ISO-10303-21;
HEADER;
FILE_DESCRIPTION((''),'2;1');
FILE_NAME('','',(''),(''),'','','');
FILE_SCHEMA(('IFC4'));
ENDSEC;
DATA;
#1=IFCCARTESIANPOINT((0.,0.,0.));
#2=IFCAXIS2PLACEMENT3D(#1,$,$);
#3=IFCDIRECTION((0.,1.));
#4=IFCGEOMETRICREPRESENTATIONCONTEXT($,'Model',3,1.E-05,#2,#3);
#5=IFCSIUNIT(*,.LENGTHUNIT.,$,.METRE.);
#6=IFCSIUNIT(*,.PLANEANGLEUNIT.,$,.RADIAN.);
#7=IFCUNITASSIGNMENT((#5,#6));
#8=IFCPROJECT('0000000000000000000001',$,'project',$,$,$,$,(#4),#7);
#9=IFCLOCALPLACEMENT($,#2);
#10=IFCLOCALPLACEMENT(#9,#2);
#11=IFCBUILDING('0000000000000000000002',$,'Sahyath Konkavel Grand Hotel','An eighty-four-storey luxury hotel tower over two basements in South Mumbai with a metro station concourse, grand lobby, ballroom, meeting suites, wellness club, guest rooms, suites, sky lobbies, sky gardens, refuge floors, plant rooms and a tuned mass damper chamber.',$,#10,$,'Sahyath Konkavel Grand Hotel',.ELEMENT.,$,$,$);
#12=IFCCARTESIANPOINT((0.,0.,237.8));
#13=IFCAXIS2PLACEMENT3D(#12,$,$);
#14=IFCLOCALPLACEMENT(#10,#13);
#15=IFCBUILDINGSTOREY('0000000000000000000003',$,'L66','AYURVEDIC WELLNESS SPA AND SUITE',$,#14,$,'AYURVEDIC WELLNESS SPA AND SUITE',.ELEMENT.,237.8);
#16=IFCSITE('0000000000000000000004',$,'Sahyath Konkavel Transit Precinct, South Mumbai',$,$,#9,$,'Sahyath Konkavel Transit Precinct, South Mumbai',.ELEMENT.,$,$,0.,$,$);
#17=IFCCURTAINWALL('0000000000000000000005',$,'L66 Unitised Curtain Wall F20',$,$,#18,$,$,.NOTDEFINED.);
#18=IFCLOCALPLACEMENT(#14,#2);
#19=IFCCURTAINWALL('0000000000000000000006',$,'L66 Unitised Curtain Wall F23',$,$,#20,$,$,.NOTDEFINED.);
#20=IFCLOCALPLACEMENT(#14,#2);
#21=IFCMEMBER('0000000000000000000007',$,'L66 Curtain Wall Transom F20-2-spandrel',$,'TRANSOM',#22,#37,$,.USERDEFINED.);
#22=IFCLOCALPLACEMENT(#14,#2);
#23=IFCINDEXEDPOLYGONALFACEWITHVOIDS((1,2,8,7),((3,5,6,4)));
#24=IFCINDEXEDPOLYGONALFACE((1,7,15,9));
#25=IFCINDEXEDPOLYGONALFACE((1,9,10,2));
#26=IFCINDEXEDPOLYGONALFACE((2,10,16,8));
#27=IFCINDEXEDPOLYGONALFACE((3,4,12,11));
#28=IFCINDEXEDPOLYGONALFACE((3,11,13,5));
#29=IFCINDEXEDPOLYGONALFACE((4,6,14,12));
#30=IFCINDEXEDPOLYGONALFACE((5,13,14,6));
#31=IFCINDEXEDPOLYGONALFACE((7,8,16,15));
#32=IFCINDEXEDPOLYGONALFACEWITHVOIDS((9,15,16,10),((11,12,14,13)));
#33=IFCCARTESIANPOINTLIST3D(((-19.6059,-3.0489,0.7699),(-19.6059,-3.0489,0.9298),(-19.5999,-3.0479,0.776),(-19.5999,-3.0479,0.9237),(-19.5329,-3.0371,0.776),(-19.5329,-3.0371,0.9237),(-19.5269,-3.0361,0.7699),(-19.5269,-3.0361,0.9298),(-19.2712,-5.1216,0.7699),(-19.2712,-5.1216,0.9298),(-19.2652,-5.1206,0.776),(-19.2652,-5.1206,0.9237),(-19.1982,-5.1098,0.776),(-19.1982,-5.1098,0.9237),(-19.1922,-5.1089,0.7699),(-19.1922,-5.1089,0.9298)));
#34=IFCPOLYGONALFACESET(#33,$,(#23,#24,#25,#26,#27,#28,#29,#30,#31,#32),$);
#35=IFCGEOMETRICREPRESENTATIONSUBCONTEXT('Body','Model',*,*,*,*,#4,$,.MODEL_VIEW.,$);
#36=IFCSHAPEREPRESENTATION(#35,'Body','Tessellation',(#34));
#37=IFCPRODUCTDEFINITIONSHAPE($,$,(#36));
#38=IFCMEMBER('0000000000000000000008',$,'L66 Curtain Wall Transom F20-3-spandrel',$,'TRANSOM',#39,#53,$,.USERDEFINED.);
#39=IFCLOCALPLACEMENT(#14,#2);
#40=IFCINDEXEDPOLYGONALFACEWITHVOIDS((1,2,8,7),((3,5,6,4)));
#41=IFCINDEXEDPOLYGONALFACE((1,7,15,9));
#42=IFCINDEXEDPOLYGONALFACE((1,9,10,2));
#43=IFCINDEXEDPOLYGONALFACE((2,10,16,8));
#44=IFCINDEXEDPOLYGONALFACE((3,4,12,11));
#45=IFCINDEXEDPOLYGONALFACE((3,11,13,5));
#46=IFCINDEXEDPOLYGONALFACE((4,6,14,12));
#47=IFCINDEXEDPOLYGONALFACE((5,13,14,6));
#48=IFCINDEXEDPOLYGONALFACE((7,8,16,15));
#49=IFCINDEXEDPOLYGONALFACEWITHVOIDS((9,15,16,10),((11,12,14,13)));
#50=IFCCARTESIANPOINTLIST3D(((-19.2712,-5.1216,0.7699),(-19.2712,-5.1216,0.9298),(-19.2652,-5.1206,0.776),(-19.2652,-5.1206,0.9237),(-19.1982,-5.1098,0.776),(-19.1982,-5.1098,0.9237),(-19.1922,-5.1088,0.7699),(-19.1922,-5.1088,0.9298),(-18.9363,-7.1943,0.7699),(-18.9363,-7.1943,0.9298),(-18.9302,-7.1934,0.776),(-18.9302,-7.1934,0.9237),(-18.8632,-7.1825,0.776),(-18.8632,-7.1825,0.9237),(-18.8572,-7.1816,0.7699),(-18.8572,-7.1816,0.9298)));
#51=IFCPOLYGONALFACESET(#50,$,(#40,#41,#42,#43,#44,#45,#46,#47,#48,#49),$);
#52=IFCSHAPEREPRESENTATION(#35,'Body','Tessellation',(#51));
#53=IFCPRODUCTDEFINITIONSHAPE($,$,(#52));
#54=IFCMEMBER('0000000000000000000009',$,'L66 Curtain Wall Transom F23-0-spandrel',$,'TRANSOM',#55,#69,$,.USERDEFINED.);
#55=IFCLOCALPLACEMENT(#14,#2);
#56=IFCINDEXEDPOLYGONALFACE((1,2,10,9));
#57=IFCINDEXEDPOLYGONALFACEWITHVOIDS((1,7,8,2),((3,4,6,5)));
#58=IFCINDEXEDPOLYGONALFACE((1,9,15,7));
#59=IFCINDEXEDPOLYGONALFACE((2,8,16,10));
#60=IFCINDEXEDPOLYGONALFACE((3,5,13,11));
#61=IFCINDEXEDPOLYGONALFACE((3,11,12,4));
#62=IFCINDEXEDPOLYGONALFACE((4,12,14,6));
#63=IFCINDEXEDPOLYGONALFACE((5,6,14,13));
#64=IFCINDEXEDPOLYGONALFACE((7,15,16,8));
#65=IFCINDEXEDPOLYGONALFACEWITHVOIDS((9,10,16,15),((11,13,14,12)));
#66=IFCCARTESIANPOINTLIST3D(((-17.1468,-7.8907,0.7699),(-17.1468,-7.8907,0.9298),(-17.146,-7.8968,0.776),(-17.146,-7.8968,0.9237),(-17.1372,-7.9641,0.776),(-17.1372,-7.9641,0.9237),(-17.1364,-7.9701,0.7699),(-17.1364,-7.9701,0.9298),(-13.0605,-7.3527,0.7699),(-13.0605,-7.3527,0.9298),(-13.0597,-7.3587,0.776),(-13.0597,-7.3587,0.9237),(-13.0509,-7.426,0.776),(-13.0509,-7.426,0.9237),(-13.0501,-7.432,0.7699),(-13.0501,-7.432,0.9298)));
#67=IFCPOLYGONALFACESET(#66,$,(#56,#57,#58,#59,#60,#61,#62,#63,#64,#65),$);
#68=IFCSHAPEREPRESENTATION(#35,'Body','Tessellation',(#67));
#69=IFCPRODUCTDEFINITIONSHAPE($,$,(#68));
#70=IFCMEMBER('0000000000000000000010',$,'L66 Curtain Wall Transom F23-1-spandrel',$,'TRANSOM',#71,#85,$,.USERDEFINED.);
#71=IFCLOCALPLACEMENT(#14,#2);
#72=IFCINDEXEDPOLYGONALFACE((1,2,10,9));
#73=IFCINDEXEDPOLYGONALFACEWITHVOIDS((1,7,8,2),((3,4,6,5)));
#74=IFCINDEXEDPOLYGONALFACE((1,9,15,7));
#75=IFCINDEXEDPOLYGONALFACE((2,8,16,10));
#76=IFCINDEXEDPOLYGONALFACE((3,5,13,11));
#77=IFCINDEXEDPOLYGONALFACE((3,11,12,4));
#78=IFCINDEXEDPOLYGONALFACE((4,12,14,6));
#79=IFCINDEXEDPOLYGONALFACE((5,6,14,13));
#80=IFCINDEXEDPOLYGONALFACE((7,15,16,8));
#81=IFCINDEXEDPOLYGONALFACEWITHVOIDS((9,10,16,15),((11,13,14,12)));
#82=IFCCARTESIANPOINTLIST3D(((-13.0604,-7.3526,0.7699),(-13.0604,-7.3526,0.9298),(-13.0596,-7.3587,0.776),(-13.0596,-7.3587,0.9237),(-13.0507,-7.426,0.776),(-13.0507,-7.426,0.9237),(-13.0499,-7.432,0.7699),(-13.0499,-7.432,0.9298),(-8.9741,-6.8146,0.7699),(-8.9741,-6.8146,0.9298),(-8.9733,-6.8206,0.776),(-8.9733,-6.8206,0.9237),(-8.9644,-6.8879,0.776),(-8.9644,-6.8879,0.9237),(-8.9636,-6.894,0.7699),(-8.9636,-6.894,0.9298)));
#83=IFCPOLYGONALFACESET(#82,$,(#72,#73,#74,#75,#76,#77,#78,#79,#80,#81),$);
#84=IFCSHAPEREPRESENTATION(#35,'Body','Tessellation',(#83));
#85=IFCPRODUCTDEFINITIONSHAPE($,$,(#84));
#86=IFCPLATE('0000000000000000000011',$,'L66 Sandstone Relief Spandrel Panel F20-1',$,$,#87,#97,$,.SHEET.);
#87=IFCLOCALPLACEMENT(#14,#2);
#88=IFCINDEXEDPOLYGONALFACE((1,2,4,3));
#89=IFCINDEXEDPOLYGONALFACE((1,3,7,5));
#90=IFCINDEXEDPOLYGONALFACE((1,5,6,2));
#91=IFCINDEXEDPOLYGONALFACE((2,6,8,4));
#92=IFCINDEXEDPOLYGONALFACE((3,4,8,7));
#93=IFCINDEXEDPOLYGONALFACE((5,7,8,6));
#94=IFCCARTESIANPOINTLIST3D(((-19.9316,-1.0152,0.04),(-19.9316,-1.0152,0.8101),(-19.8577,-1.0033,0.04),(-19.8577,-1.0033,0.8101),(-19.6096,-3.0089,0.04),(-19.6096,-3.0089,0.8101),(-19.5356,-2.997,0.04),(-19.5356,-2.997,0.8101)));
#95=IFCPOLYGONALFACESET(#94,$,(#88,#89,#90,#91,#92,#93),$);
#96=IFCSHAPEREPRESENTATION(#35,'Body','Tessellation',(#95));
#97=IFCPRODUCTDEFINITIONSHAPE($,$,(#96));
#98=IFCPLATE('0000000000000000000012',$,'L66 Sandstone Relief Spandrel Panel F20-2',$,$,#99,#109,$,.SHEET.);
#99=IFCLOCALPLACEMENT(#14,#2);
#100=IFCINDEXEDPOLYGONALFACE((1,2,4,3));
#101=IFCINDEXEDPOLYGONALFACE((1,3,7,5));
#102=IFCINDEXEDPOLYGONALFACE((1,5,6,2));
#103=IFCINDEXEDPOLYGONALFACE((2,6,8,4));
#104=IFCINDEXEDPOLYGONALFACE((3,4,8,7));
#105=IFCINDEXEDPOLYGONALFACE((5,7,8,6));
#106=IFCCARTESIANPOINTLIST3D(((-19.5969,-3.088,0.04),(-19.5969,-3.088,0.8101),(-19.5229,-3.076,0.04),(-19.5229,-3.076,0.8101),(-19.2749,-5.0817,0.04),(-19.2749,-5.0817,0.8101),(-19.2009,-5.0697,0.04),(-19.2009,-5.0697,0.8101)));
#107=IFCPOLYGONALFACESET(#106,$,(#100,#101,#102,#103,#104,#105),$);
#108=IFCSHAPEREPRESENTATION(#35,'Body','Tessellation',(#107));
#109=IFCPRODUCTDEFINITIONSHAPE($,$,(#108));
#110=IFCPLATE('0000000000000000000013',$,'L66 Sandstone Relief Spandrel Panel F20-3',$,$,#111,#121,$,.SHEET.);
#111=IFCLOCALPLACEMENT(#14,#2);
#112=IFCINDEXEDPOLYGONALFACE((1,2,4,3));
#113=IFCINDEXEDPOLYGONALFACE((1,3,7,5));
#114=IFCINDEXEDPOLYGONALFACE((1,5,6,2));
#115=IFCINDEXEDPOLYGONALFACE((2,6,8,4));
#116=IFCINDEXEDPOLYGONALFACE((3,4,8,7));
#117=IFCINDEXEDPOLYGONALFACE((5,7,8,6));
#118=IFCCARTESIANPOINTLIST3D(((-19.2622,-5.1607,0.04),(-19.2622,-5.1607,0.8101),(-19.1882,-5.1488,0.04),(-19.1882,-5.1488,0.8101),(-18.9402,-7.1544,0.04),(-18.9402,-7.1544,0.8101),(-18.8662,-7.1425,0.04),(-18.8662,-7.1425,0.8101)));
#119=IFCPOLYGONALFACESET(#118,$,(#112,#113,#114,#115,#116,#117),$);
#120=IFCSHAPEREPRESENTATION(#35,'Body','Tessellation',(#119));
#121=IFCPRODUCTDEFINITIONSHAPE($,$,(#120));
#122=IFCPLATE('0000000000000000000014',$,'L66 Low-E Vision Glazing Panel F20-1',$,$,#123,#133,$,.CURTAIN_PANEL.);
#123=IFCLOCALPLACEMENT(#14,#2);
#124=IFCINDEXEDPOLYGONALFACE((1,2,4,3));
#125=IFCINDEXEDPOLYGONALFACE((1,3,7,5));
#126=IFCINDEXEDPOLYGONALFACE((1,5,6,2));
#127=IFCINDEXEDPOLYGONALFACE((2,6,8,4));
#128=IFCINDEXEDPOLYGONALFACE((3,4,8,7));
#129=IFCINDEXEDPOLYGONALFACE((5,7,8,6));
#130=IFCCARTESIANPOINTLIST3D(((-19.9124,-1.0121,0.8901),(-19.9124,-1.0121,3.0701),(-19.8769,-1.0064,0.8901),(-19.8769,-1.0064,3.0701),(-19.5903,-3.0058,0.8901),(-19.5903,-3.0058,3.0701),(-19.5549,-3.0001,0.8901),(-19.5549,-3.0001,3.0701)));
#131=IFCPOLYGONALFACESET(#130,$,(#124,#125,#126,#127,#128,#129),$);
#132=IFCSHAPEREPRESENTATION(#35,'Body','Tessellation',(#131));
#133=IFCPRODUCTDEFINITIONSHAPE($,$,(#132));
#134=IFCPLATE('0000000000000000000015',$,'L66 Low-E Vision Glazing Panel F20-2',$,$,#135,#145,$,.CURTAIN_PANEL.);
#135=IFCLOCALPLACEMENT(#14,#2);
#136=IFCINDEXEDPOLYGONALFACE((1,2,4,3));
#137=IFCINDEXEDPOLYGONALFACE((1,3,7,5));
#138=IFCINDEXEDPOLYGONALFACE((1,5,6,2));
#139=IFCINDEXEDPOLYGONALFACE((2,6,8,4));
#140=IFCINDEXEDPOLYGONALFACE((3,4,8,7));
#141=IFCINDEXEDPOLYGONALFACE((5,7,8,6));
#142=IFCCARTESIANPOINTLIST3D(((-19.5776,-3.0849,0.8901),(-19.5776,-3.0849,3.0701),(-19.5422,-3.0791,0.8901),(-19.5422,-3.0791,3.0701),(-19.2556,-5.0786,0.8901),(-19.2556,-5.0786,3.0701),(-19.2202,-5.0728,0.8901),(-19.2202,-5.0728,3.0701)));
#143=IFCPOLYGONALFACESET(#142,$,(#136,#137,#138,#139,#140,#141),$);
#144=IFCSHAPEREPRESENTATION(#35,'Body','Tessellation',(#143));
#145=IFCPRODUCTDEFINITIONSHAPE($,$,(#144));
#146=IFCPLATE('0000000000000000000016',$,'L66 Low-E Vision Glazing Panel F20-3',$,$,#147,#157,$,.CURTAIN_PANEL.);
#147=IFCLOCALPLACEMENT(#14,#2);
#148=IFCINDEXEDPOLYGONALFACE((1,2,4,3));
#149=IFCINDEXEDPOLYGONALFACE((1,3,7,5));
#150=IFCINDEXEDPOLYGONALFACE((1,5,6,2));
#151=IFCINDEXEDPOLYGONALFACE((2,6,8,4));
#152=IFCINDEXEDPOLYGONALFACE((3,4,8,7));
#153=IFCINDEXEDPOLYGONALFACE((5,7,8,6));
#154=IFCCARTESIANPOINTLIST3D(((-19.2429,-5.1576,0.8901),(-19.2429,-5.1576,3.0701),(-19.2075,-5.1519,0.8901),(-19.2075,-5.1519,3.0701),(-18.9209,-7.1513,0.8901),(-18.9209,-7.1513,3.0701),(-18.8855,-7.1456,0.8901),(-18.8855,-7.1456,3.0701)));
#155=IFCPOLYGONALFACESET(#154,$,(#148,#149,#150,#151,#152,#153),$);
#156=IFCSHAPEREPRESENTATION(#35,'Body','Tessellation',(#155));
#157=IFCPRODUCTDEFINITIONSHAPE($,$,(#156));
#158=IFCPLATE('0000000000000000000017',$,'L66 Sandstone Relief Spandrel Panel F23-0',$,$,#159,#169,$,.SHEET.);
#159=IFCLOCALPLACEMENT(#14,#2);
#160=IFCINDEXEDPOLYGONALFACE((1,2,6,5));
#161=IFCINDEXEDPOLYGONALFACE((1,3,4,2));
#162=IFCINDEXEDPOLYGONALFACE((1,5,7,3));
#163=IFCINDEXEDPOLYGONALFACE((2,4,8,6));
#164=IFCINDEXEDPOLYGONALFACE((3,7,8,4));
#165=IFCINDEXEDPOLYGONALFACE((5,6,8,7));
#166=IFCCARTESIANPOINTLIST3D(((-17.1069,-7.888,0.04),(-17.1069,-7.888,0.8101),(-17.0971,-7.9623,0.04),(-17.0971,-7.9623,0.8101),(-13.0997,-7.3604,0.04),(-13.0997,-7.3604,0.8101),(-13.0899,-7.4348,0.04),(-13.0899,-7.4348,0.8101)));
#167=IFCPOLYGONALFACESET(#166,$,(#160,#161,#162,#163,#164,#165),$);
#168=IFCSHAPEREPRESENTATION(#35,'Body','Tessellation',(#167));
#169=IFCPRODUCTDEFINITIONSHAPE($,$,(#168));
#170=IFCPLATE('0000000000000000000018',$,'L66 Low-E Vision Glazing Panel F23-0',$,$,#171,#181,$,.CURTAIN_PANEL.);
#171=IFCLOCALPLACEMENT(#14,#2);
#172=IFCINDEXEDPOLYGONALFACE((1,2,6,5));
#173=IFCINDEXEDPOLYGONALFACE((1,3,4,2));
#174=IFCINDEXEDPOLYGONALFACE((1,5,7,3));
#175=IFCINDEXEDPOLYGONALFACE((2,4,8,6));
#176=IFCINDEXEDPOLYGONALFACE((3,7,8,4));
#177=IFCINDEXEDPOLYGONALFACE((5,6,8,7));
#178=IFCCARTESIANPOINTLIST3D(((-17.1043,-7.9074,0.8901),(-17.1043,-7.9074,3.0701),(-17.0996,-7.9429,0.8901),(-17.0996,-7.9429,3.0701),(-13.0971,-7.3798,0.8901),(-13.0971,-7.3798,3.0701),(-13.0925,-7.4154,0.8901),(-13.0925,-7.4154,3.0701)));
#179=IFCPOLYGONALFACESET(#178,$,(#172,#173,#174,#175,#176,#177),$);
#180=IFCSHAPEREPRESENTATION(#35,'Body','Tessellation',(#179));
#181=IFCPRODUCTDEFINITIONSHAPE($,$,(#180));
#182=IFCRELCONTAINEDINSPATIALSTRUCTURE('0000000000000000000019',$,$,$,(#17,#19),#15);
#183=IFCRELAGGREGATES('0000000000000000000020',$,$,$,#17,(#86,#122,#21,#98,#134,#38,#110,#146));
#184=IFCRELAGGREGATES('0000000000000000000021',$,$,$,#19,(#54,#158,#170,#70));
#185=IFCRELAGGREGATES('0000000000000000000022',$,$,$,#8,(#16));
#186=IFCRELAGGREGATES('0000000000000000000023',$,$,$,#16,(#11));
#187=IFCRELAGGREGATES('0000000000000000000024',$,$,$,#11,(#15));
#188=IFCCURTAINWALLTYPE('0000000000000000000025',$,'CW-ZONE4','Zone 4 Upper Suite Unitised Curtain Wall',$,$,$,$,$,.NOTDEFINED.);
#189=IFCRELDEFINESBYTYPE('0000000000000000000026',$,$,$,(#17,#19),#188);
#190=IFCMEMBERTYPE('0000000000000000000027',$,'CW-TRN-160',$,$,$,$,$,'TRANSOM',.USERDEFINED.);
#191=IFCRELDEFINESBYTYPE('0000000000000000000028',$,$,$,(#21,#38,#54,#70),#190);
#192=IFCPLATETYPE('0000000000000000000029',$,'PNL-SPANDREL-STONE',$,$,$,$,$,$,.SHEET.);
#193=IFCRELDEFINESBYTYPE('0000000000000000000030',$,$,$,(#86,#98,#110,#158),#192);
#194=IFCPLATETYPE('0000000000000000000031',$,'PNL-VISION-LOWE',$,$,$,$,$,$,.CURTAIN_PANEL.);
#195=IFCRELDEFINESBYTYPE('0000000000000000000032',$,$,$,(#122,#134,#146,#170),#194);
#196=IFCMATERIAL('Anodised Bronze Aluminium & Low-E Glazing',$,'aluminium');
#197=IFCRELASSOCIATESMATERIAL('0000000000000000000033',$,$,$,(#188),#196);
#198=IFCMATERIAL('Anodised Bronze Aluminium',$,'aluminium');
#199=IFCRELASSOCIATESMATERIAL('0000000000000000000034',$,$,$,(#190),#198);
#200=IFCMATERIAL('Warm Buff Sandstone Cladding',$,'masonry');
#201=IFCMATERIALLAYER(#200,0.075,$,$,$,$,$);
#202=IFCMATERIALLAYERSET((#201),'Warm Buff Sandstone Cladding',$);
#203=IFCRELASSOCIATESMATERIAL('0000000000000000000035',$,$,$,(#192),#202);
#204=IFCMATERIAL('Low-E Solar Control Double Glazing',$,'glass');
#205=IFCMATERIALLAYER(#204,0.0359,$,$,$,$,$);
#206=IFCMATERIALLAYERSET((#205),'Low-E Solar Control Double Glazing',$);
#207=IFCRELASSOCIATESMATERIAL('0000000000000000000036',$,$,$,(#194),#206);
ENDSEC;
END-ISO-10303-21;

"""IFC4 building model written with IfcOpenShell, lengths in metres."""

from ifc_helpers import new_model, si_unit, direction, frame, origin, origin_2d, place, context, subcontext, project, spatial, rectangle, hollow_rectangle, extrude, source, transform, mapped, material, layer, layer_set, material_profile, profile_set, type_object, element, aggregate, save


model = new_model("IFC4")

# Units and contexts
model_context = context("Model", 3, precision=1e-05, world=origin(), true_north=direction((0.0, 1.0)))
body_context = subcontext(model_context, "Body", "Model", "MODEL_VIEW")
ifc_project = project(units=[si_unit("LENGTHUNIT", "METRE"), si_unit("PLANEANGLEUNIT", "RADIAN")], contexts=[model_context])

# Site, building, storey
site_placement = place(None, origin())
site = spatial("IfcSite", under=ifc_project, at=site_placement, Name="Sahyath Konkavel Transit Precinct, South Mumbai", LongName="Sahyath Konkavel Transit Precinct, South Mumbai", CompositionType="ELEMENT", RefElevation=0.0)
building_placement = place(site_placement, origin())
building = spatial("IfcBuilding", under=site, at=building_placement, Name="Sahyath Konkavel Grand Hotel", Description="An eighty-four-storey luxury hotel tower over two basements in South Mumbai with a metro station concourse, grand lobby, ballroom, meeting suites, wellness club, guest rooms, suites, sky lobbies, sky gardens, refuge floors, plant rooms and a tuned mass damper chamber.", LongName="Sahyath Konkavel Grand Hotel", CompositionType="ELEMENT")
storey_placement = place(building_placement, frame((0.0, 0.0, 237.8)))
storey = spatial("IfcBuildingStorey", under=building, at=storey_placement, Name="L66", Description="AYURVEDIC WELLNESS SPA AND SUITE", LongName="AYURVEDIC WELLNESS SPA AND SUITE", CompositionType="ELEMENT", Elevation=237.8)

# Curtain walls
ifc_material_1 = material(Name="Anodised Bronze Aluminium & Low-E Glazing", Category="aluminium")
curtain_wall_type = type_object("IfcCurtainWallType", Name="CW-ZONE4", Description="Zone 4 Upper Suite Unitised Curtain Wall", PredefinedType="NOTDEFINED", material=ifc_material_1)
curtain_wall_1_placement = place(storey_placement, origin())
curtain_wall_1 = element("IfcCurtainWall", 1, at=curtain_wall_1_placement, inside=storey, type_object=curtain_wall_type, Name="L66 Unitised Curtain Wall F20", PredefinedType="NOTDEFINED")
ifc_material_2 = material(Name="Anodised Bronze Aluminium", Category="aluminium")
curtain_wall_2_placement = place(storey_placement, origin())
curtain_wall_2 = element("IfcCurtainWall", 2, at=curtain_wall_2_placement, inside=storey, type_object=curtain_wall_type, Name="L66 Unitised Curtain Wall F23", PredefinedType="NOTDEFINED")

# Members
ifc_material_profile_1 = material_profile(ifc_material_2, hollow_rectangle(XDim=0.0801, YDim=0.1599, WallThickness=0.0061, at=origin_2d()), Name="RHS 160x80x6")
ifc_profile_set_1 = profile_set([ifc_material_profile_1], Name="Anodised Bronze Aluminium")
member_type_1 = type_object("IfcMemberType", Name="CW-TRN-160", ElementType="TRANSOM", PredefinedType="USERDEFINED", material=ifc_profile_set_1)
shared_shape_1 = source(origin(), body_context, "Body", "SweptSolid", [
    extrude(hollow_rectangle(XDim=0.0801, YDim=0.1599, WallThickness=0.0061, at=origin_2d()), origin(), (0.0, 0.0, 1.0), 2.0996),
])
member_1_placement = place(storey_placement, frame((-19.5664, -3.0425, 0.8499), z_axis=(0.159419, -0.987211, 0.0), x_axis=(0.987211, 0.159419, 0.0)))
member_1 = element("IfcMember", 3, at=member_1_placement, type_object=member_type_1, Name="L66 Curtain Wall Transom F20-2-spandrel", ObjectType="TRANSOM", PredefinedType="USERDEFINED", context=body_context, shape_type="MappedRepresentation", body=[
    mapped(shared_shape_1, transform((0.0, 0.0, 0.0), scale=1.0)),
])
member_2_placement = place(storey_placement, frame((-19.2317, -5.1152, 0.8499), z_axis=(0.159532, -0.987193, 0.0), x_axis=(0.987193, 0.159532, 0.0)))
member_2 = element("IfcMember", 4, at=member_2_placement, type_object=member_type_1, Name="L66 Curtain Wall Transom F20-3-spandrel", ObjectType="TRANSOM", PredefinedType="USERDEFINED", context=body_context, shape_type="MappedRepresentation", body=[
    mapped(shared_shape_1, transform((0.0, 0.0, 0.0), scale=1.0)),
])
shared_shape_2 = source(origin(), body_context, "Body", "SweptSolid", [
    extrude(hollow_rectangle(XDim=0.0801, YDim=0.1599, WallThickness=0.0061, at=origin_2d()), origin(), (0.0, 0.0, 1.0), 4.1216),
])
member_3_placement = place(storey_placement, frame((-17.1416, -7.9304, 0.8499), z_axis=(0.991442, 0.13055, 0.0), x_axis=(-0.13055, 0.991442, 0.0)))
member_3 = element("IfcMember", 5, at=member_3_placement, type_object=member_type_1, Name="L66 Curtain Wall Transom F23-0-spandrel", ObjectType="TRANSOM", PredefinedType="USERDEFINED", context=body_context, shape_type="MappedRepresentation", body=[
    mapped(shared_shape_2, transform((0.0, 0.0, 0.0), scale=1.0)),
])
member_4_placement = place(storey_placement, frame((-13.0552, -7.3923, 0.8499), z_axis=(0.991442, 0.13055, 0.0), x_axis=(-0.13055, 0.991442, 0.0)))
member_4 = element("IfcMember", 6, at=member_4_placement, type_object=member_type_1, Name="L66 Curtain Wall Transom F23-1-spandrel", ObjectType="TRANSOM", PredefinedType="USERDEFINED", context=body_context, shape_type="MappedRepresentation", body=[
    mapped(shared_shape_2, transform((0.0, 0.0, 0.0), scale=1.0)),
])

# Plates
ifc_material_3 = material(Name="Warm Buff Sandstone Cladding", Category="masonry")
ifc_layer_1 = layer(ifc_material_3, 0.075)
ifc_layer_set_1 = layer_set([ifc_layer_1], Name="Warm Buff Sandstone Cladding")
plate_type_1 = type_object("IfcPlateType", Name="PNL-SPANDREL-STONE", PredefinedType="SHEET", material=ifc_layer_set_1)
shared_shape_3 = source(origin(), body_context, "Body", "SweptSolid", [
    extrude(rectangle(XDim=2.0195, YDim=0.075, at=origin_2d()), origin(), (0.0, 0.0, 1.0), 0.77),
])
plate_1_placement = place(storey_placement, frame((-19.7336, -2.0061, 0.04), z_axis=(0.0, 0.0, 1.0), x_axis=(0.15945, -0.987206, 0.0)))
plate_1 = element("IfcPlate", 7, at=plate_1_placement, type_object=plate_type_1, Name="L66 Sandstone Relief Spandrel Panel F20-1", PredefinedType="SHEET", context=body_context, shape_type="MappedRepresentation", body=[
    mapped(shared_shape_3, transform((0.0, 0.0, 0.0), scale=1.0)),
])
plate_2_placement = place(storey_placement, frame((-19.3989, -4.0789, 0.04), z_axis=(0.0, 0.0, 1.0), x_axis=(0.15945, -0.987206, 0.0)))
plate_2 = element("IfcPlate", 8, at=plate_2_placement, type_object=plate_type_1, Name="L66 Sandstone Relief Spandrel Panel F20-2", PredefinedType="SHEET", context=body_context, shape_type="MappedRepresentation", body=[
    mapped(shared_shape_3, transform((0.0, 0.0, 0.0), scale=1.0)),
])
plate_3_placement = place(storey_placement, frame((-19.0642, -6.1516, 0.04), z_axis=(0.0, 0.0, 1.0), x_axis=(0.15945, -0.987206, 0.0)))
plate_3 = element("IfcPlate", 9, at=plate_3_placement, type_object=plate_type_1, Name="L66 Sandstone Relief Spandrel Panel F20-3", PredefinedType="SHEET", context=body_context, shape_type="MappedRepresentation", body=[
    mapped(shared_shape_3, transform((0.0, 0.0, 0.0), scale=1.0)),
])
ifc_material_4 = material(Name="Low-E Solar Control Double Glazing", Category="glass")
ifc_layer_2 = layer(ifc_material_4, 0.0359)
ifc_layer_set_2 = layer_set([ifc_layer_2], Name="Low-E Solar Control Double Glazing")
plate_type_2 = type_object("IfcPlateType", Name="PNL-VISION-LOWE", PredefinedType="CURTAIN_PANEL", material=ifc_layer_set_2)
shared_shape_4 = source(origin(), body_context, "Body", "SweptSolid", [
    extrude(rectangle(XDim=2.0195, YDim=0.0359, at=origin_2d()), origin(), (0.0, 0.0, 1.0), 2.1799),
])
plate_4_placement = place(storey_placement, frame((-19.7336, -2.0061, 0.8901), z_axis=(0.0, 0.0, 1.0), x_axis=(0.15945, -0.987206, 0.0)))
plate_4 = element("IfcPlate", 10, at=plate_4_placement, type_object=plate_type_2, Name="L66 Low-E Vision Glazing Panel F20-1", PredefinedType="CURTAIN_PANEL", context=body_context, shape_type="MappedRepresentation", body=[
    mapped(shared_shape_4, transform((0.0, 0.0, 0.0), scale=1.0)),
])
plate_5_placement = place(storey_placement, frame((-19.3989, -4.0789, 0.8901), z_axis=(0.0, 0.0, 1.0), x_axis=(0.15945, -0.987206, 0.0)))
plate_5 = element("IfcPlate", 11, at=plate_5_placement, type_object=plate_type_2, Name="L66 Low-E Vision Glazing Panel F20-2", PredefinedType="CURTAIN_PANEL", context=body_context, shape_type="MappedRepresentation", body=[
    mapped(shared_shape_4, transform((0.0, 0.0, 0.0), scale=1.0)),
])
plate_6_placement = place(storey_placement, frame((-19.0642, -6.1516, 0.8901), z_axis=(0.0, 0.0, 1.0), x_axis=(0.15945, -0.987206, 0.0)))
plate_6 = element("IfcPlate", 12, at=plate_6_placement, type_object=plate_type_2, Name="L66 Low-E Vision Glazing Panel F20-3", PredefinedType="CURTAIN_PANEL", context=body_context, shape_type="MappedRepresentation", body=[
    mapped(shared_shape_4, transform((0.0, 0.0, 0.0), scale=1.0)),
])
aggregate(curtain_wall_1, [plate_1, plate_4, member_1, plate_2, plate_5, member_2, plate_3, plate_6])
shared_shape_5 = source(origin(), body_context, "Body", "SweptSolid", [
    extrude(rectangle(XDim=4.0417, YDim=0.075, at=origin_2d()), origin(), (0.0, 0.0, 1.0), 0.77),
])
plate_7_placement = place(storey_placement, frame((-15.0984, -7.6614, 0.04), z_axis=(0.0, 0.0, 1.0), x_axis=(0.991445, 0.130526, 0.0)))
plate_7 = element("IfcPlate", 13, at=plate_7_placement, type_object=plate_type_1, Name="L66 Sandstone Relief Spandrel Panel F23-0", PredefinedType="SHEET", context=body_context, shape_type="MappedRepresentation", body=[
    mapped(shared_shape_5, transform((0.0, 0.0, 0.0), scale=1.0)),
])
shared_shape_6 = source(origin(), body_context, "Body", "SweptSolid", [
    extrude(rectangle(XDim=4.0417, YDim=0.0359, at=origin_2d()), origin(), (0.0, 0.0, 1.0), 2.1799),
])
plate_8_placement = place(storey_placement, frame((-15.0984, -7.6614, 0.8901), z_axis=(0.0, 0.0, 1.0), x_axis=(0.991445, 0.130526, 0.0)))
plate_8 = element("IfcPlate", 14, at=plate_8_placement, type_object=plate_type_2, Name="L66 Low-E Vision Glazing Panel F23-0", PredefinedType="CURTAIN_PANEL", context=body_context, shape_type="MappedRepresentation", body=[
    mapped(shared_shape_6, transform((0.0, 0.0, 0.0), scale=1.0)),
])
aggregate(curtain_wall_2, [member_3, plate_7, plate_8, member_4])

save(model, "model.ifc")
